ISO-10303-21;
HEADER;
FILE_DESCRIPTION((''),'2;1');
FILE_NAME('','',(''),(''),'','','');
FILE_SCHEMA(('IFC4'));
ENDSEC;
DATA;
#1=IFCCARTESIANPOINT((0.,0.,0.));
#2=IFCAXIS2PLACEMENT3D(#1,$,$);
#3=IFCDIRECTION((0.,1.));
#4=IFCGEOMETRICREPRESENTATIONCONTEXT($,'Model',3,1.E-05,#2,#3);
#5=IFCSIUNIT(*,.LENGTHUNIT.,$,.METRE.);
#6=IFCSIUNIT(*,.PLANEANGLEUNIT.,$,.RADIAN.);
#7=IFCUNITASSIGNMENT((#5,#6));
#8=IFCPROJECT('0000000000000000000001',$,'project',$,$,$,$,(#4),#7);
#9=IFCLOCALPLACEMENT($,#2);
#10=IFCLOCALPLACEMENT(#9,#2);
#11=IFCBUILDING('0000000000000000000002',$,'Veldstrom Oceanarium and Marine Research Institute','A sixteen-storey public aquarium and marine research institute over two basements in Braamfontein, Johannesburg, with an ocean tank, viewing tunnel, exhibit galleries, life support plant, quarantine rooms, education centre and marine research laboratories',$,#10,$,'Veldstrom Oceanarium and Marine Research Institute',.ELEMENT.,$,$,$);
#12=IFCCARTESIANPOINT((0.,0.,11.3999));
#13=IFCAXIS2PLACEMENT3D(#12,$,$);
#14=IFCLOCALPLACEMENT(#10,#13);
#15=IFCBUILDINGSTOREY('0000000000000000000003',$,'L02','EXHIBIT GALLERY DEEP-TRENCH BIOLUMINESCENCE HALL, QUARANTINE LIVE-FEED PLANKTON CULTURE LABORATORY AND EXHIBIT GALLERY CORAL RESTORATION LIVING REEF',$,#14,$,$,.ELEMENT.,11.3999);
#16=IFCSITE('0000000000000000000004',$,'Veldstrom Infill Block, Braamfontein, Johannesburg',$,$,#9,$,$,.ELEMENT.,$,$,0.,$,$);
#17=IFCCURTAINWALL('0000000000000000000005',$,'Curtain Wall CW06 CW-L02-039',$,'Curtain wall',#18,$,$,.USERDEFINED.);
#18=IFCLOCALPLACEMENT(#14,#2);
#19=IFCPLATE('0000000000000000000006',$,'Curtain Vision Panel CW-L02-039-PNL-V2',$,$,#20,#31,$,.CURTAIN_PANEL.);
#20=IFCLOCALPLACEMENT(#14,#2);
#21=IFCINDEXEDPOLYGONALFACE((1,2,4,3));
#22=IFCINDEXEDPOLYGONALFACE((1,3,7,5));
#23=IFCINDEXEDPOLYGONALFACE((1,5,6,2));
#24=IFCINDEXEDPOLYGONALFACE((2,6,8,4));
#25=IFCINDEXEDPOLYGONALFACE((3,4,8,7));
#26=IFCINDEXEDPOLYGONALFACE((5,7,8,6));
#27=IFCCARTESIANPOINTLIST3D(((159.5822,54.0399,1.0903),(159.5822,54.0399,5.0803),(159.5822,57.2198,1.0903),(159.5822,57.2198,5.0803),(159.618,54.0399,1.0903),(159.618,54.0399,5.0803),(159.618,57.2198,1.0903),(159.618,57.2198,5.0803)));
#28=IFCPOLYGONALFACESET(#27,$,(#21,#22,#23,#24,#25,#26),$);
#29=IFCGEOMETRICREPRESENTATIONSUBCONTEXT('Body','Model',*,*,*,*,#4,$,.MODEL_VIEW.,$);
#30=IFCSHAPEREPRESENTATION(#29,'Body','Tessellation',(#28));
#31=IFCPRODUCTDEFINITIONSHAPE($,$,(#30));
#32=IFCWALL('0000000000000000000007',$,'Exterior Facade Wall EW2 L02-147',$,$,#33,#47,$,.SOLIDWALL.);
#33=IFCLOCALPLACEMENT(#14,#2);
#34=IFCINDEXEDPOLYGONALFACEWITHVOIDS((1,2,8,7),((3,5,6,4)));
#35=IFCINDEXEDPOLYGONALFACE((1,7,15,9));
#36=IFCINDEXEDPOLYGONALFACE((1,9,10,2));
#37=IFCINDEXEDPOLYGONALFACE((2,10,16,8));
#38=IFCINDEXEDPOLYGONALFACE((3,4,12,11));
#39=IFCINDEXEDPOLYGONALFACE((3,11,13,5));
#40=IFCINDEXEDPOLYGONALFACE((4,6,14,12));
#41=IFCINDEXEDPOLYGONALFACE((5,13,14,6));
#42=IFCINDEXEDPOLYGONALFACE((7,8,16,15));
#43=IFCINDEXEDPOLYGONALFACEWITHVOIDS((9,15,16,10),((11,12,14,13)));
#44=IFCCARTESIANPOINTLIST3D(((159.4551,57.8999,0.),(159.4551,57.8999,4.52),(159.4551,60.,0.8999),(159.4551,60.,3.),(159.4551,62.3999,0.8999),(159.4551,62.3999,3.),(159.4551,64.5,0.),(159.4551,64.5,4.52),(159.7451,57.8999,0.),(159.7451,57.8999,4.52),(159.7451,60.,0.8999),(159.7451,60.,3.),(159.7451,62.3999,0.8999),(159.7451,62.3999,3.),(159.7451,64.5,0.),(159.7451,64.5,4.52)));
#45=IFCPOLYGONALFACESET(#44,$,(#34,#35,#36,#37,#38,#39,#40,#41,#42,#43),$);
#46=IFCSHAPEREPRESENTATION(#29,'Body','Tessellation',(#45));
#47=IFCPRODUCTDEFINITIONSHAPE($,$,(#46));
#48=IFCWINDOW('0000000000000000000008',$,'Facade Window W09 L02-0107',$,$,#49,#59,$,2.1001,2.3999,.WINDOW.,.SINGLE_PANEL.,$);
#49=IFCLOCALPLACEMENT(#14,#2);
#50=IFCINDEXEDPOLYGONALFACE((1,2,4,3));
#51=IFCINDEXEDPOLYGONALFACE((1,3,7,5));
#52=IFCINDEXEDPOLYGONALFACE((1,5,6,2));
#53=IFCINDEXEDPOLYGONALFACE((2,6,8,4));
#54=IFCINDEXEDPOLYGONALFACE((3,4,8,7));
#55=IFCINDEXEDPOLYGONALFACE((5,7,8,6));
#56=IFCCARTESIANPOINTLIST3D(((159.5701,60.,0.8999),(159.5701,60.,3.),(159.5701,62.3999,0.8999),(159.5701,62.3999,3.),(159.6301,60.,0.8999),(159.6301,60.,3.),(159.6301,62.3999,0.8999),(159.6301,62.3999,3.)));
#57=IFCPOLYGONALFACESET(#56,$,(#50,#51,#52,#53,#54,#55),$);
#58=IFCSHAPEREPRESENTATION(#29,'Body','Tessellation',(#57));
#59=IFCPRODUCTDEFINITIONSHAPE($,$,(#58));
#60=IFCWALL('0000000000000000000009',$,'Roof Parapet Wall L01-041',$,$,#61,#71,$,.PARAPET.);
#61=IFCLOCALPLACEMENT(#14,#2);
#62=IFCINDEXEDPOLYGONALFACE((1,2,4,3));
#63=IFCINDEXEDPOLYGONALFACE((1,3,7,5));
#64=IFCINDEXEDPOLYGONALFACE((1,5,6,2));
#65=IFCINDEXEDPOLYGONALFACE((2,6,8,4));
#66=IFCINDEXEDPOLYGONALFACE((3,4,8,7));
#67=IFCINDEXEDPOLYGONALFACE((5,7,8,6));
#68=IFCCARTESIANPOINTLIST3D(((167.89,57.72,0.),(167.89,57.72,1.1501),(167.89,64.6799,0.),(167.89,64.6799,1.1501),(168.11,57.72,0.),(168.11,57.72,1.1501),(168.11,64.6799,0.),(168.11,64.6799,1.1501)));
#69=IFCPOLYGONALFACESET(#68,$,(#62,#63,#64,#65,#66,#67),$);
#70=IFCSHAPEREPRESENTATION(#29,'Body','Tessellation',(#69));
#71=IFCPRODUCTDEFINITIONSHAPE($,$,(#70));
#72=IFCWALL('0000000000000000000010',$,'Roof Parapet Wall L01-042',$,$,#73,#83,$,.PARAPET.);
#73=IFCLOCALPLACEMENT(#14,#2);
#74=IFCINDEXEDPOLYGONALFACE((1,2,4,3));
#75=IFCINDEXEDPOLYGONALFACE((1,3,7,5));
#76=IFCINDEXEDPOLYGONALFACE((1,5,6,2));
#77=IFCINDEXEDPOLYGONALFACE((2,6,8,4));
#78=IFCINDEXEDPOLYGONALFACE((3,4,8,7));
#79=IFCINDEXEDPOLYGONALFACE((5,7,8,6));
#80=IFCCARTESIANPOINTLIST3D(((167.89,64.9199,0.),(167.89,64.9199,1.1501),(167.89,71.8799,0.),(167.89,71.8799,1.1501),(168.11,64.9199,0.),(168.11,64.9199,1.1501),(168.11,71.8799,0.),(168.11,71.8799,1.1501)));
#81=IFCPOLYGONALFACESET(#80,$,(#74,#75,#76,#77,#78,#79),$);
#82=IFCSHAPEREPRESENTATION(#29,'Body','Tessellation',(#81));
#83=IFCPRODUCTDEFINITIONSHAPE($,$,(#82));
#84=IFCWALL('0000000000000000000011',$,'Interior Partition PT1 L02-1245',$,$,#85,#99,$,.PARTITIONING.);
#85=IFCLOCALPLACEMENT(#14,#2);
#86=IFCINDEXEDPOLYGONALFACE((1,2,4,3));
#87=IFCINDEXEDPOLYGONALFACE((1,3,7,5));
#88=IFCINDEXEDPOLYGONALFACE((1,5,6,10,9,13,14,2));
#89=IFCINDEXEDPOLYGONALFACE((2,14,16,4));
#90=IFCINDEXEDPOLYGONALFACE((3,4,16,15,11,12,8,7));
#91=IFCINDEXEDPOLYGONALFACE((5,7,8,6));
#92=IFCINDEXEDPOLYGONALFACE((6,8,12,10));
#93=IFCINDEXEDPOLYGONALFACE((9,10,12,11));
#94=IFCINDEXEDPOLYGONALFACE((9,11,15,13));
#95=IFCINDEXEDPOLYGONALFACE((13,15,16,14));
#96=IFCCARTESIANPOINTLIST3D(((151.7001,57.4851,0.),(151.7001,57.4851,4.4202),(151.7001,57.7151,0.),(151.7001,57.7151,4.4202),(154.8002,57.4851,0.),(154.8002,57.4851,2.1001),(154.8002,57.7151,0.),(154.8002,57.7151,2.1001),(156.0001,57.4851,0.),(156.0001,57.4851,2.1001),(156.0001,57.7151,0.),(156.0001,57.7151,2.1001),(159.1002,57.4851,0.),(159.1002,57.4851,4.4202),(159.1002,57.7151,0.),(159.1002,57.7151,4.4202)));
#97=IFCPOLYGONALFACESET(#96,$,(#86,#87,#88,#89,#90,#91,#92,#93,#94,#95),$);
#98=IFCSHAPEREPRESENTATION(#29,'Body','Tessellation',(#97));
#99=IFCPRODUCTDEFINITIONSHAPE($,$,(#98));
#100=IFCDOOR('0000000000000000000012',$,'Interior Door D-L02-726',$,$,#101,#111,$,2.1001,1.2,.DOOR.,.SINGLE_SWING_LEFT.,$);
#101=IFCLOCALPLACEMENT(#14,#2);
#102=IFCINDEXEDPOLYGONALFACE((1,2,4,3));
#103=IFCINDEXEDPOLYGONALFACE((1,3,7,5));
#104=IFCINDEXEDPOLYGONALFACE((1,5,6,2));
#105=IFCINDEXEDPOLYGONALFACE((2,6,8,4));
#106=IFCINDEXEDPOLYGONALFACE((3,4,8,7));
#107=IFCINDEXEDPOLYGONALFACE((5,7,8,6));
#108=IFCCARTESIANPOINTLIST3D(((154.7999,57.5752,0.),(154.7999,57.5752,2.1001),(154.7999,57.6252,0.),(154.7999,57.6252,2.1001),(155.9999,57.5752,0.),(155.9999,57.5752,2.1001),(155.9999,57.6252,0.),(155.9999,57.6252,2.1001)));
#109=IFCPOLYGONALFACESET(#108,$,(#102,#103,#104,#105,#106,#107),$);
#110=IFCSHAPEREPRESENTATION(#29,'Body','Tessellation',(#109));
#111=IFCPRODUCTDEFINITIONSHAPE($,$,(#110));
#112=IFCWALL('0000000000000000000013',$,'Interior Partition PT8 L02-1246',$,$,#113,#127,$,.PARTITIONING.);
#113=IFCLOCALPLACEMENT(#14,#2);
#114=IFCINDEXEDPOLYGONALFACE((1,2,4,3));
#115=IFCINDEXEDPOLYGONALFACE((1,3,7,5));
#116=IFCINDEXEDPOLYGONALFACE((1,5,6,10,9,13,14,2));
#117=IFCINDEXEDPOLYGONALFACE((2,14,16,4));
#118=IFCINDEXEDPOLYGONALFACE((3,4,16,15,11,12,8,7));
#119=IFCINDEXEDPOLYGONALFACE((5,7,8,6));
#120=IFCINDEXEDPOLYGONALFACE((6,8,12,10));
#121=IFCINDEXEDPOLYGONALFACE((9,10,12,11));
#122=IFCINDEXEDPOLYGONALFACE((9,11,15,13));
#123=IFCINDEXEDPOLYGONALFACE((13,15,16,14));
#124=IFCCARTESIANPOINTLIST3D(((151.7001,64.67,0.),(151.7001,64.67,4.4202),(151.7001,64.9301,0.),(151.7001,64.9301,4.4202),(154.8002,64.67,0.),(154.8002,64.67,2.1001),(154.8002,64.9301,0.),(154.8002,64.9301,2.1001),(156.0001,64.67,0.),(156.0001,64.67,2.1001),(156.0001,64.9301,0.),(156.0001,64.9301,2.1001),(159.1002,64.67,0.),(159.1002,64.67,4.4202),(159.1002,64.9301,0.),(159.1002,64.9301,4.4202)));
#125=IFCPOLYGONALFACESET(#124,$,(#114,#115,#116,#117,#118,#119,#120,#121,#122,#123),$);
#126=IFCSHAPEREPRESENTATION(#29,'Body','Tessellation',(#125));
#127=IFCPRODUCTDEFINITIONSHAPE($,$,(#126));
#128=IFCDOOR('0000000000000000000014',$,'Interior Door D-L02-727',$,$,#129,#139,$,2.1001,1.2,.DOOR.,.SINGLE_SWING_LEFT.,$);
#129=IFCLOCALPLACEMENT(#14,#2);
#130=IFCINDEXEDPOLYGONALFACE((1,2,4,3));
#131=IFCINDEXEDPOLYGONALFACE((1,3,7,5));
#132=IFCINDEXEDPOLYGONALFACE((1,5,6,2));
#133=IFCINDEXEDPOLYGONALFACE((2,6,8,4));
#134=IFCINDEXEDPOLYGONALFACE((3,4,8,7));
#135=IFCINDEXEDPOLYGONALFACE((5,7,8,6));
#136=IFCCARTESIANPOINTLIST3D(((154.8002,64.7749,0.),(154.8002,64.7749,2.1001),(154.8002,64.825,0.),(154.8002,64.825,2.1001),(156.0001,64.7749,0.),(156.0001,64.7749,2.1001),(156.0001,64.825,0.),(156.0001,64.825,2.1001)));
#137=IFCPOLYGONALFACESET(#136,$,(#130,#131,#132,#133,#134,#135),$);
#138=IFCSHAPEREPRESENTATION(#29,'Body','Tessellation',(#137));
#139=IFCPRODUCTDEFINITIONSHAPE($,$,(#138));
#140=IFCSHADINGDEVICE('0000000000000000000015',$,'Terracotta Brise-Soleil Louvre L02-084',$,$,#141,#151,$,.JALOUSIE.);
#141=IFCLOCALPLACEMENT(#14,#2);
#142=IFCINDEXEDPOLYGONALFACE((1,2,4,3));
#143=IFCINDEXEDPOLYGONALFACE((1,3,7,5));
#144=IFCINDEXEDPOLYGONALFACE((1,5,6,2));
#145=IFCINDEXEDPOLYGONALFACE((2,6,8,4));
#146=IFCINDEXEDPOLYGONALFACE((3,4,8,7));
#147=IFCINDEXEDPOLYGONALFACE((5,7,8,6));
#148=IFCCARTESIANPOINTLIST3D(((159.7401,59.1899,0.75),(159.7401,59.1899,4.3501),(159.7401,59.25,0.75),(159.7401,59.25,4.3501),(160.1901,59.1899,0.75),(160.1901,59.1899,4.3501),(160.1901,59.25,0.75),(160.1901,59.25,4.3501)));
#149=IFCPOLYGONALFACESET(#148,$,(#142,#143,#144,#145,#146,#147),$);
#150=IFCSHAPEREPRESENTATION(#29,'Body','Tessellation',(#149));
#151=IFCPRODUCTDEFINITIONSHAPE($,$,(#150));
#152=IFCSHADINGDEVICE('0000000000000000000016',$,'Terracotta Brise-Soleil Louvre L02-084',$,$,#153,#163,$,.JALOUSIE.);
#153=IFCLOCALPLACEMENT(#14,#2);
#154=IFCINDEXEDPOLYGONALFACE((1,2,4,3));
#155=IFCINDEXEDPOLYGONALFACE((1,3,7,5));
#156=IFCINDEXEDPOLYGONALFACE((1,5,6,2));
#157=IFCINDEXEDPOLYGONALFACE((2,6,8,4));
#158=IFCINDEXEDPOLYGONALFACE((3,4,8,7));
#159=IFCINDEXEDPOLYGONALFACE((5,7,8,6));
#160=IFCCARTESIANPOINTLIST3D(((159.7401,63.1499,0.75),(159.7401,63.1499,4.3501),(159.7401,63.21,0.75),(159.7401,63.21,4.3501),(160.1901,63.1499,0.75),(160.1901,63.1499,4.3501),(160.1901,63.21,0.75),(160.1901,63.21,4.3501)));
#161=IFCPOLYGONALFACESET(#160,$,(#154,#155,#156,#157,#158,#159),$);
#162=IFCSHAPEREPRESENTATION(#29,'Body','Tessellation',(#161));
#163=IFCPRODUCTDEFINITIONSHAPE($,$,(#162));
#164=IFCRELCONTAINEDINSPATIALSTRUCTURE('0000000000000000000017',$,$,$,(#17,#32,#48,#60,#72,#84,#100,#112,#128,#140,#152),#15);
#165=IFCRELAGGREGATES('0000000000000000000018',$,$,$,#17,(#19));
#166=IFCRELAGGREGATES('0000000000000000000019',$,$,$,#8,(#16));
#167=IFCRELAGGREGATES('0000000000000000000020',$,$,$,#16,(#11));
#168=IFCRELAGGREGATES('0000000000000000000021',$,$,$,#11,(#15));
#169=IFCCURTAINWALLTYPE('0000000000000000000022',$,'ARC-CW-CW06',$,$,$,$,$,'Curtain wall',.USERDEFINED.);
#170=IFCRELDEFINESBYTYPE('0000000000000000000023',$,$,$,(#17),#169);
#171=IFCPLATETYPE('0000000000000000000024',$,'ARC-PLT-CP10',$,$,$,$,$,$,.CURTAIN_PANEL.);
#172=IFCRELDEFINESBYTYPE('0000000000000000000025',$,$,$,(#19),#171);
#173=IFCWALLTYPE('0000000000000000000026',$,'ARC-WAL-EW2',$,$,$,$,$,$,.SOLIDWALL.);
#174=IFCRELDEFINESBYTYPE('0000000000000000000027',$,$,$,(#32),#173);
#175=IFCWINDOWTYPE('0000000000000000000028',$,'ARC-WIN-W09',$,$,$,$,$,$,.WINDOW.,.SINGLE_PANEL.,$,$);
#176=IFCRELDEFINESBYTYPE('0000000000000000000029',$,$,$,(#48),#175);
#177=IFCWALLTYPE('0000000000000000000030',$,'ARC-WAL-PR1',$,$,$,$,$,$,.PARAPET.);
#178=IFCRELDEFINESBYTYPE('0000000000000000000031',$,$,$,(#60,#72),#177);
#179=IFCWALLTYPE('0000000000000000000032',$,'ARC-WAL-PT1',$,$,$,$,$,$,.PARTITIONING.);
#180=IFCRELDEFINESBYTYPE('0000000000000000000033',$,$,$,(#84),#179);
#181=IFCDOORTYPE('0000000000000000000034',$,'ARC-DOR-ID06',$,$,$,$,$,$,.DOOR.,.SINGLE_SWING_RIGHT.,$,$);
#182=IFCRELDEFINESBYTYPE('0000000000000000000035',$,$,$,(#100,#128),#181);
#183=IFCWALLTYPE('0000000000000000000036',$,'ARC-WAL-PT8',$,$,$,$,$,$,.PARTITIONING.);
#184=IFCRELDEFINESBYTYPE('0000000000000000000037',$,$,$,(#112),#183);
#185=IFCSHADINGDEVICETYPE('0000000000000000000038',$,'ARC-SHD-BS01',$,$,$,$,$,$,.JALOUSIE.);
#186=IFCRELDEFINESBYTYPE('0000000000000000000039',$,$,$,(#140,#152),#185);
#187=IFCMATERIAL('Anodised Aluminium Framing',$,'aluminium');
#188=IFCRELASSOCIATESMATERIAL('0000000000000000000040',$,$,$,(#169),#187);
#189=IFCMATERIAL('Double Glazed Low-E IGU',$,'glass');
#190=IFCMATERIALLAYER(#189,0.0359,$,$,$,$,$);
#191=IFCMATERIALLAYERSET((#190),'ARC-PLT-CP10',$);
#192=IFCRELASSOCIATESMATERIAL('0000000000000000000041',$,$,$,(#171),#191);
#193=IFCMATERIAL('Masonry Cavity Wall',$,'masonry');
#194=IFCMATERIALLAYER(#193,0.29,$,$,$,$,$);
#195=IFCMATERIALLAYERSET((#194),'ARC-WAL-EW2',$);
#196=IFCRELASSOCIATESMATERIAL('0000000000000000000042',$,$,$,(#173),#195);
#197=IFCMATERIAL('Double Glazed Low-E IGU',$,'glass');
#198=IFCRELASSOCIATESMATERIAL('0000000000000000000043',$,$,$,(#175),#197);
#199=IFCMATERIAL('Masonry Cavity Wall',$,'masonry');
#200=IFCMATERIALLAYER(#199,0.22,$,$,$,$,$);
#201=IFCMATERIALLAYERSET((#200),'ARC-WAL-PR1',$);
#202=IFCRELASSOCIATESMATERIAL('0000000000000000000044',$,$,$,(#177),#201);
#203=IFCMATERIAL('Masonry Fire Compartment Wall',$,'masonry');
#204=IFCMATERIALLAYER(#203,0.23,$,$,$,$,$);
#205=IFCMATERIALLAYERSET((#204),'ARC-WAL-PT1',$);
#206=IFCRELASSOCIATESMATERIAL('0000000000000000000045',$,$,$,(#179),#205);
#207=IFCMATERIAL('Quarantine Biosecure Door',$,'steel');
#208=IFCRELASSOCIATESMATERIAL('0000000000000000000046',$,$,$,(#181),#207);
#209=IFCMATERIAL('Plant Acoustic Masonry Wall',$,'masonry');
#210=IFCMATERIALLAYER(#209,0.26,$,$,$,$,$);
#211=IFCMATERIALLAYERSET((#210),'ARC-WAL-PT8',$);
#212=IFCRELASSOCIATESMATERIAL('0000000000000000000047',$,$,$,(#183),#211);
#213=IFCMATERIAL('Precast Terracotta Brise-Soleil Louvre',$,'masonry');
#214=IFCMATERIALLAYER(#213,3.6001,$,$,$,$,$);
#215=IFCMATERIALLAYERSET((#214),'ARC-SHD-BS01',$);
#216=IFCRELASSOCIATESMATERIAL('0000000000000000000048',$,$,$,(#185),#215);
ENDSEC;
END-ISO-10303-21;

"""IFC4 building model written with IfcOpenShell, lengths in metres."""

from ifc_helpers import new_model, si_unit, direction, frame, frame_2d, origin, origin_2d, place, context, subcontext, project, spatial, rectangle, extrude, material, layer, layer_set, type_object, element, fill, aggregate, save


model = new_model("IFC4")

# Units and contexts
model_context = context("Model", 3, precision=1e-05, world=origin(), true_north=direction((0.0, 1.0)))
body_context = subcontext(model_context, "Body", "Model", "MODEL_VIEW")
ifc_project = project(units=[si_unit("LENGTHUNIT", "METRE"), si_unit("PLANEANGLEUNIT", "RADIAN")], contexts=[model_context])

# Site, building, storey
site_placement = place(None, origin())
site = spatial("IfcSite", under=ifc_project, at=site_placement, Name="Veldstrom Infill Block, Braamfontein, Johannesburg", CompositionType="ELEMENT", RefElevation=0.0)
building_placement = place(site_placement, origin())
building = spatial("IfcBuilding", under=site, at=building_placement, Name="Veldstrom Oceanarium and Marine Research Institute", Description="A sixteen-storey public aquarium and marine research institute over two basements in Braamfontein, Johannesburg, with an ocean tank, viewing tunnel, exhibit galleries, life support plant, quarantine rooms, education centre and marine research laboratories", LongName="Veldstrom Oceanarium and Marine Research Institute", CompositionType="ELEMENT")
storey_placement = place(building_placement, frame((0.0, 0.0, 11.3999)))
storey = spatial("IfcBuildingStorey", under=building, at=storey_placement, Name="L02", Description="EXHIBIT GALLERY DEEP-TRENCH BIOLUMINESCENCE HALL, QUARANTINE LIVE-FEED PLANKTON CULTURE LABORATORY AND EXHIBIT GALLERY CORAL RESTORATION LIVING REEF", CompositionType="ELEMENT", Elevation=11.3999)

# Curtain wall
ifc_material_1 = material(Name="Anodised Aluminium Framing", Category="aluminium")
curtain_wall_type = type_object("IfcCurtainWallType", Name="ARC-CW-CW06", ElementType="Curtain wall", PredefinedType="USERDEFINED", material=ifc_material_1)
curtain_wall_placement = place(storey_placement, origin())
curtain_wall = element("IfcCurtainWall", 1, at=curtain_wall_placement, inside=storey, type_object=curtain_wall_type, Name="Curtain Wall CW06 CW-L02-039", ObjectType="Curtain wall", PredefinedType="USERDEFINED")

# Plate
ifc_material_2 = material(Name="Double Glazed Low-E IGU", Category="glass")
ifc_layer_1 = layer(ifc_material_2, 0.0359)
ifc_layer_set_1 = layer_set([ifc_layer_1], Name="ARC-PLT-CP10")
plate_type_1 = type_object("IfcPlateType", Name="ARC-PLT-CP10", PredefinedType="CURTAIN_PANEL", material=ifc_layer_set_1)
plate_1_placement = place(storey_placement, frame((159.6001, 55.6299, 1.0903), z_axis=(0.0, 0.0, 1.0), x_axis=(0.0, 1.0, 0.0)))
plate_1 = element("IfcPlate", 2, at=plate_1_placement, type_object=plate_type_1, Name="Curtain Vision Panel CW-L02-039-PNL-V2", PredefinedType="CURTAIN_PANEL", context=body_context, shape_type="SweptSolid", body=[
    extrude(rectangle(XDim=3.1799, YDim=0.0359, at=origin_2d()), origin(), (0.0, 0.0, 1.0), 3.99),
])
aggregate(curtain_wall, [plate_1])

# Wall, opening, window
ifc_material_3 = material(Name="Masonry Cavity Wall", Category="masonry")
ifc_layer_2 = layer(ifc_material_3, 0.29)
ifc_layer_set_2 = layer_set([ifc_layer_2], Name="ARC-WAL-EW2")
wall_type_1 = type_object("IfcWallType", Name="ARC-WAL-EW2", PredefinedType="SOLIDWALL", material=ifc_layer_set_2)
wall_1_placement = place(storey_placement, frame((159.6001, 57.8999, 0.0), z_axis=(0.0, 0.0, 1.0), x_axis=(0.0, 1.0, 0.0)))
wall_1 = element("IfcWall", 3, at=wall_1_placement, inside=storey, type_object=wall_type_1, Name="Exterior Facade Wall EW2 L02-147", PredefinedType="SOLIDWALL", context=body_context, shape_type="SweptSolid", body=[
    extrude(rectangle(XDim=6.6001, YDim=0.29, at=frame_2d((3.3, 0.0))), origin(), (0.0, 0.0, 1.0), 4.52),
])
opening_1_placement = place(wall_1_placement, frame((2.1001, 0.0, 0.8999)))
opening_1 = element("IfcOpeningElement", 4, at=opening_1_placement, cuts=wall_1, PredefinedType="OPENING", context=body_context, shape_type="SweptSolid", body=[
    extrude(rectangle(XDim=2.3999, YDim=2.1001, at=frame_2d((1.2, 1.05))), frame((0.0, 0.155, 0.0), z_axis=(0.0, -1.0, 0.0), x_axis=(1.0, 0.0, 0.0)), (0.0, 0.0, 1.0), 0.3101),
])
ifc_material_4 = material(Name="Double Glazed Low-E IGU", Category="glass")
window_type = type_object("IfcWindowType", Name="ARC-WIN-W09", PartitioningType="SINGLE_PANEL", PredefinedType="WINDOW", material=ifc_material_4)
window_placement = place(opening_1_placement, origin())
window = element("IfcWindow", 5, at=window_placement, inside=storey, type_object=window_type, Name="Facade Window W09 L02-0107", OverallHeight=2.1001, OverallWidth=2.3999, PartitioningType="SINGLE_PANEL", PredefinedType="WINDOW", context=body_context, shape_type="SweptSolid", body=[
    extrude(rectangle(XDim=2.3999, YDim=2.1001, at=frame_2d((1.2, 1.05))), frame((0.0, 0.03, 0.0), z_axis=(0.0, -1.0, 0.0), x_axis=(1.0, 0.0, 0.0)), (0.0, 0.0, 1.0), 0.0601),
])
fill(opening_1, window)

# Walls
ifc_material_5 = material(Name="Masonry Cavity Wall", Category="masonry")
ifc_layer_3 = layer(ifc_material_5, 0.22)
ifc_layer_set_3 = layer_set([ifc_layer_3], Name="ARC-WAL-PR1")
wall_type_2 = type_object("IfcWallType", Name="ARC-WAL-PR1", PredefinedType="PARAPET", material=ifc_layer_set_3)
for number, where, z_axis, x_axis, name in (
    (6, (168.0, 57.72, 0.0), (0.0, 0.0, 1.0), (0.0, 1.0, 0.0), "Roof Parapet Wall L01-041"),
    (7, (168.0, 64.9199, 0.0), (0.0, 0.0, 1.0), (0.0, 1.0, 0.0), "Roof Parapet Wall L01-042"),
):
    element("IfcWall", number, at=place(storey_placement, frame(where, z_axis=z_axis, x_axis=x_axis)), inside=storey, type_object=wall_type_2, Name=name, PredefinedType="PARAPET", context=body_context, shape_type="SweptSolid", body=[
        extrude(rectangle(XDim=6.96, YDim=0.22, at=frame_2d((3.48, 0.0))), origin(), (0.0, 0.0, 1.0), 1.1501),
    ])

# Walls, openings, doors
ifc_material_6 = material(Name="Masonry Fire Compartment Wall", Category="masonry")
ifc_layer_4 = layer(ifc_material_6, 0.23)
ifc_layer_set_4 = layer_set([ifc_layer_4], Name="ARC-WAL-PT1")
wall_type_3 = type_object("IfcWallType", Name="ARC-WAL-PT1", PredefinedType="PARTITIONING", material=ifc_layer_set_4)
wall_2_placement = place(storey_placement, frame((151.7, 57.6001, 0.0), z_axis=(0.0, 0.0, 1.0), x_axis=(1.0, 0.0, 0.0)))
wall_2 = element("IfcWall", 8, at=wall_2_placement, inside=storey, type_object=wall_type_3, Name="Interior Partition PT1 L02-1245", PredefinedType="PARTITIONING", context=body_context, shape_type="SweptSolid", body=[
    extrude(rectangle(XDim=7.4001, YDim=0.23, at=frame_2d((3.7002, 0.0))), origin(), (0.0, 0.0, 1.0), 4.4202),
])
opening_2_placement = place(wall_2_placement, frame((3.1001, 0.0, 0.0)))
opening_2 = element("IfcOpeningElement", 9, at=opening_2_placement, cuts=wall_2, PredefinedType="OPENING", context=body_context, shape_type="SweptSolid", body=[
    extrude(rectangle(XDim=1.2, YDim=2.1001, at=frame_2d((0.6001, 1.05))), frame((0.0, 0.125, 0.0), z_axis=(0.0, -1.0, 0.0), x_axis=(1.0, 0.0, 0.0)), (0.0, 0.0, 1.0), 0.25),
])
ifc_material_7 = material(Name="Quarantine Biosecure Door", Category="steel")
door_type = type_object("IfcDoorType", Name="ARC-DOR-ID06", OperationType="SINGLE_SWING_RIGHT", PredefinedType="DOOR", material=ifc_material_7)
door_1_placement = place(opening_2_placement, frame((1.2, 0.0, 0.0), z_axis=(0.0, 0.0, 1.0), x_axis=(-1.0, 0.0, 0.0)))
door_1 = element("IfcDoor", 10, at=door_1_placement, inside=storey, type_object=door_type, Name="Interior Door D-L02-726", OperationType="SINGLE_SWING_LEFT", OverallHeight=2.1001, OverallWidth=1.2, PredefinedType="DOOR", context=body_context, shape_type="SweptSolid", body=[
    extrude(rectangle(XDim=1.2, YDim=2.1001, at=frame_2d((0.6001, 1.05))), frame((0.0, 0.0249, 0.0), z_axis=(0.0, -1.0, 0.0), x_axis=(1.0, 0.0, 0.0)), (0.0, 0.0, 1.0), 0.05),
])
fill(opening_2, door_1)
ifc_material_8 = material(Name="Plant Acoustic Masonry Wall", Category="masonry")
ifc_layer_5 = layer(ifc_material_8, 0.26)
ifc_layer_set_5 = layer_set([ifc_layer_5], Name="ARC-WAL-PT8")
wall_type_4 = type_object("IfcWallType", Name="ARC-WAL-PT8", PredefinedType="PARTITIONING", material=ifc_layer_set_5)
wall_3_placement = place(storey_placement, frame((151.7, 64.8, 0.0), z_axis=(0.0, 0.0, 1.0), x_axis=(1.0, 0.0, 0.0)))
wall_3 = element("IfcWall", 11, at=wall_3_placement, inside=storey, type_object=wall_type_4, Name="Interior Partition PT8 L02-1246", PredefinedType="PARTITIONING", context=body_context, shape_type="SweptSolid", body=[
    extrude(rectangle(XDim=7.4001, YDim=0.26, at=frame_2d((3.7002, 0.0))), origin(), (0.0, 0.0, 1.0), 4.4202),
])
opening_3_placement = place(wall_3_placement, frame((3.1001, 0.0, 0.0)))
opening_3 = element("IfcOpeningElement", 12, at=opening_3_placement, cuts=wall_3, PredefinedType="OPENING", context=body_context, shape_type="SweptSolid", body=[
    extrude(rectangle(XDim=1.2, YDim=2.1001, at=frame_2d((0.6001, 1.05))), frame((0.0, 0.1399, 0.0), z_axis=(0.0, -1.0, 0.0), x_axis=(1.0, 0.0, 0.0)), (0.0, 0.0, 1.0), 0.28),
])
door_2_placement = place(opening_3_placement, origin())
door_2 = element("IfcDoor", 13, at=door_2_placement, inside=storey, type_object=door_type, Name="Interior Door D-L02-727", OperationType="SINGLE_SWING_LEFT", OverallHeight=2.1001, OverallWidth=1.2, PredefinedType="DOOR", context=body_context, shape_type="SweptSolid", body=[
    extrude(rectangle(XDim=1.2, YDim=2.1001, at=frame_2d((0.6001, 1.05))), frame((0.0, 0.0249, 0.0), z_axis=(0.0, -1.0, 0.0), x_axis=(1.0, 0.0, 0.0)), (0.0, 0.0, 1.0), 0.05),
])
fill(opening_3, door_2)

# Shading devices
ifc_material_9 = material(Name="Precast Terracotta Brise-Soleil Louvre", Category="masonry")
ifc_layer_6 = layer(ifc_material_9, 3.6001)
ifc_layer_set_6 = layer_set([ifc_layer_6], Name="ARC-SHD-BS01")
shading_device_type = type_object("IfcShadingDeviceType", Name="ARC-SHD-BS01", PredefinedType="JALOUSIE", material=ifc_layer_set_6)
for number, where, z_axis, x_axis, name in (
    (14, (159.9651, 59.22, 0.75), (0.0, 0.0, 1.0), (1.0, 0.0, 0.0), "Terracotta Brise-Soleil Louvre L02-084"),
    (15, (159.9651, 63.1799, 0.75), (0.0, 0.0, 1.0), (1.0, 0.0, 0.0), "Terracotta Brise-Soleil Louvre L02-084"),
):
    element("IfcShadingDevice", number, at=place(storey_placement, frame(where, z_axis=z_axis, x_axis=x_axis)), inside=storey, type_object=shading_device_type, Name=name, PredefinedType="JALOUSIE", context=body_context, shape_type="SweptSolid", body=[
        extrude(rectangle(XDim=0.45, YDim=0.0601, at=origin_2d()), origin(), (0.0, 0.0, 1.0), 3.6001),
    ])

save(model, "model.ifc")
